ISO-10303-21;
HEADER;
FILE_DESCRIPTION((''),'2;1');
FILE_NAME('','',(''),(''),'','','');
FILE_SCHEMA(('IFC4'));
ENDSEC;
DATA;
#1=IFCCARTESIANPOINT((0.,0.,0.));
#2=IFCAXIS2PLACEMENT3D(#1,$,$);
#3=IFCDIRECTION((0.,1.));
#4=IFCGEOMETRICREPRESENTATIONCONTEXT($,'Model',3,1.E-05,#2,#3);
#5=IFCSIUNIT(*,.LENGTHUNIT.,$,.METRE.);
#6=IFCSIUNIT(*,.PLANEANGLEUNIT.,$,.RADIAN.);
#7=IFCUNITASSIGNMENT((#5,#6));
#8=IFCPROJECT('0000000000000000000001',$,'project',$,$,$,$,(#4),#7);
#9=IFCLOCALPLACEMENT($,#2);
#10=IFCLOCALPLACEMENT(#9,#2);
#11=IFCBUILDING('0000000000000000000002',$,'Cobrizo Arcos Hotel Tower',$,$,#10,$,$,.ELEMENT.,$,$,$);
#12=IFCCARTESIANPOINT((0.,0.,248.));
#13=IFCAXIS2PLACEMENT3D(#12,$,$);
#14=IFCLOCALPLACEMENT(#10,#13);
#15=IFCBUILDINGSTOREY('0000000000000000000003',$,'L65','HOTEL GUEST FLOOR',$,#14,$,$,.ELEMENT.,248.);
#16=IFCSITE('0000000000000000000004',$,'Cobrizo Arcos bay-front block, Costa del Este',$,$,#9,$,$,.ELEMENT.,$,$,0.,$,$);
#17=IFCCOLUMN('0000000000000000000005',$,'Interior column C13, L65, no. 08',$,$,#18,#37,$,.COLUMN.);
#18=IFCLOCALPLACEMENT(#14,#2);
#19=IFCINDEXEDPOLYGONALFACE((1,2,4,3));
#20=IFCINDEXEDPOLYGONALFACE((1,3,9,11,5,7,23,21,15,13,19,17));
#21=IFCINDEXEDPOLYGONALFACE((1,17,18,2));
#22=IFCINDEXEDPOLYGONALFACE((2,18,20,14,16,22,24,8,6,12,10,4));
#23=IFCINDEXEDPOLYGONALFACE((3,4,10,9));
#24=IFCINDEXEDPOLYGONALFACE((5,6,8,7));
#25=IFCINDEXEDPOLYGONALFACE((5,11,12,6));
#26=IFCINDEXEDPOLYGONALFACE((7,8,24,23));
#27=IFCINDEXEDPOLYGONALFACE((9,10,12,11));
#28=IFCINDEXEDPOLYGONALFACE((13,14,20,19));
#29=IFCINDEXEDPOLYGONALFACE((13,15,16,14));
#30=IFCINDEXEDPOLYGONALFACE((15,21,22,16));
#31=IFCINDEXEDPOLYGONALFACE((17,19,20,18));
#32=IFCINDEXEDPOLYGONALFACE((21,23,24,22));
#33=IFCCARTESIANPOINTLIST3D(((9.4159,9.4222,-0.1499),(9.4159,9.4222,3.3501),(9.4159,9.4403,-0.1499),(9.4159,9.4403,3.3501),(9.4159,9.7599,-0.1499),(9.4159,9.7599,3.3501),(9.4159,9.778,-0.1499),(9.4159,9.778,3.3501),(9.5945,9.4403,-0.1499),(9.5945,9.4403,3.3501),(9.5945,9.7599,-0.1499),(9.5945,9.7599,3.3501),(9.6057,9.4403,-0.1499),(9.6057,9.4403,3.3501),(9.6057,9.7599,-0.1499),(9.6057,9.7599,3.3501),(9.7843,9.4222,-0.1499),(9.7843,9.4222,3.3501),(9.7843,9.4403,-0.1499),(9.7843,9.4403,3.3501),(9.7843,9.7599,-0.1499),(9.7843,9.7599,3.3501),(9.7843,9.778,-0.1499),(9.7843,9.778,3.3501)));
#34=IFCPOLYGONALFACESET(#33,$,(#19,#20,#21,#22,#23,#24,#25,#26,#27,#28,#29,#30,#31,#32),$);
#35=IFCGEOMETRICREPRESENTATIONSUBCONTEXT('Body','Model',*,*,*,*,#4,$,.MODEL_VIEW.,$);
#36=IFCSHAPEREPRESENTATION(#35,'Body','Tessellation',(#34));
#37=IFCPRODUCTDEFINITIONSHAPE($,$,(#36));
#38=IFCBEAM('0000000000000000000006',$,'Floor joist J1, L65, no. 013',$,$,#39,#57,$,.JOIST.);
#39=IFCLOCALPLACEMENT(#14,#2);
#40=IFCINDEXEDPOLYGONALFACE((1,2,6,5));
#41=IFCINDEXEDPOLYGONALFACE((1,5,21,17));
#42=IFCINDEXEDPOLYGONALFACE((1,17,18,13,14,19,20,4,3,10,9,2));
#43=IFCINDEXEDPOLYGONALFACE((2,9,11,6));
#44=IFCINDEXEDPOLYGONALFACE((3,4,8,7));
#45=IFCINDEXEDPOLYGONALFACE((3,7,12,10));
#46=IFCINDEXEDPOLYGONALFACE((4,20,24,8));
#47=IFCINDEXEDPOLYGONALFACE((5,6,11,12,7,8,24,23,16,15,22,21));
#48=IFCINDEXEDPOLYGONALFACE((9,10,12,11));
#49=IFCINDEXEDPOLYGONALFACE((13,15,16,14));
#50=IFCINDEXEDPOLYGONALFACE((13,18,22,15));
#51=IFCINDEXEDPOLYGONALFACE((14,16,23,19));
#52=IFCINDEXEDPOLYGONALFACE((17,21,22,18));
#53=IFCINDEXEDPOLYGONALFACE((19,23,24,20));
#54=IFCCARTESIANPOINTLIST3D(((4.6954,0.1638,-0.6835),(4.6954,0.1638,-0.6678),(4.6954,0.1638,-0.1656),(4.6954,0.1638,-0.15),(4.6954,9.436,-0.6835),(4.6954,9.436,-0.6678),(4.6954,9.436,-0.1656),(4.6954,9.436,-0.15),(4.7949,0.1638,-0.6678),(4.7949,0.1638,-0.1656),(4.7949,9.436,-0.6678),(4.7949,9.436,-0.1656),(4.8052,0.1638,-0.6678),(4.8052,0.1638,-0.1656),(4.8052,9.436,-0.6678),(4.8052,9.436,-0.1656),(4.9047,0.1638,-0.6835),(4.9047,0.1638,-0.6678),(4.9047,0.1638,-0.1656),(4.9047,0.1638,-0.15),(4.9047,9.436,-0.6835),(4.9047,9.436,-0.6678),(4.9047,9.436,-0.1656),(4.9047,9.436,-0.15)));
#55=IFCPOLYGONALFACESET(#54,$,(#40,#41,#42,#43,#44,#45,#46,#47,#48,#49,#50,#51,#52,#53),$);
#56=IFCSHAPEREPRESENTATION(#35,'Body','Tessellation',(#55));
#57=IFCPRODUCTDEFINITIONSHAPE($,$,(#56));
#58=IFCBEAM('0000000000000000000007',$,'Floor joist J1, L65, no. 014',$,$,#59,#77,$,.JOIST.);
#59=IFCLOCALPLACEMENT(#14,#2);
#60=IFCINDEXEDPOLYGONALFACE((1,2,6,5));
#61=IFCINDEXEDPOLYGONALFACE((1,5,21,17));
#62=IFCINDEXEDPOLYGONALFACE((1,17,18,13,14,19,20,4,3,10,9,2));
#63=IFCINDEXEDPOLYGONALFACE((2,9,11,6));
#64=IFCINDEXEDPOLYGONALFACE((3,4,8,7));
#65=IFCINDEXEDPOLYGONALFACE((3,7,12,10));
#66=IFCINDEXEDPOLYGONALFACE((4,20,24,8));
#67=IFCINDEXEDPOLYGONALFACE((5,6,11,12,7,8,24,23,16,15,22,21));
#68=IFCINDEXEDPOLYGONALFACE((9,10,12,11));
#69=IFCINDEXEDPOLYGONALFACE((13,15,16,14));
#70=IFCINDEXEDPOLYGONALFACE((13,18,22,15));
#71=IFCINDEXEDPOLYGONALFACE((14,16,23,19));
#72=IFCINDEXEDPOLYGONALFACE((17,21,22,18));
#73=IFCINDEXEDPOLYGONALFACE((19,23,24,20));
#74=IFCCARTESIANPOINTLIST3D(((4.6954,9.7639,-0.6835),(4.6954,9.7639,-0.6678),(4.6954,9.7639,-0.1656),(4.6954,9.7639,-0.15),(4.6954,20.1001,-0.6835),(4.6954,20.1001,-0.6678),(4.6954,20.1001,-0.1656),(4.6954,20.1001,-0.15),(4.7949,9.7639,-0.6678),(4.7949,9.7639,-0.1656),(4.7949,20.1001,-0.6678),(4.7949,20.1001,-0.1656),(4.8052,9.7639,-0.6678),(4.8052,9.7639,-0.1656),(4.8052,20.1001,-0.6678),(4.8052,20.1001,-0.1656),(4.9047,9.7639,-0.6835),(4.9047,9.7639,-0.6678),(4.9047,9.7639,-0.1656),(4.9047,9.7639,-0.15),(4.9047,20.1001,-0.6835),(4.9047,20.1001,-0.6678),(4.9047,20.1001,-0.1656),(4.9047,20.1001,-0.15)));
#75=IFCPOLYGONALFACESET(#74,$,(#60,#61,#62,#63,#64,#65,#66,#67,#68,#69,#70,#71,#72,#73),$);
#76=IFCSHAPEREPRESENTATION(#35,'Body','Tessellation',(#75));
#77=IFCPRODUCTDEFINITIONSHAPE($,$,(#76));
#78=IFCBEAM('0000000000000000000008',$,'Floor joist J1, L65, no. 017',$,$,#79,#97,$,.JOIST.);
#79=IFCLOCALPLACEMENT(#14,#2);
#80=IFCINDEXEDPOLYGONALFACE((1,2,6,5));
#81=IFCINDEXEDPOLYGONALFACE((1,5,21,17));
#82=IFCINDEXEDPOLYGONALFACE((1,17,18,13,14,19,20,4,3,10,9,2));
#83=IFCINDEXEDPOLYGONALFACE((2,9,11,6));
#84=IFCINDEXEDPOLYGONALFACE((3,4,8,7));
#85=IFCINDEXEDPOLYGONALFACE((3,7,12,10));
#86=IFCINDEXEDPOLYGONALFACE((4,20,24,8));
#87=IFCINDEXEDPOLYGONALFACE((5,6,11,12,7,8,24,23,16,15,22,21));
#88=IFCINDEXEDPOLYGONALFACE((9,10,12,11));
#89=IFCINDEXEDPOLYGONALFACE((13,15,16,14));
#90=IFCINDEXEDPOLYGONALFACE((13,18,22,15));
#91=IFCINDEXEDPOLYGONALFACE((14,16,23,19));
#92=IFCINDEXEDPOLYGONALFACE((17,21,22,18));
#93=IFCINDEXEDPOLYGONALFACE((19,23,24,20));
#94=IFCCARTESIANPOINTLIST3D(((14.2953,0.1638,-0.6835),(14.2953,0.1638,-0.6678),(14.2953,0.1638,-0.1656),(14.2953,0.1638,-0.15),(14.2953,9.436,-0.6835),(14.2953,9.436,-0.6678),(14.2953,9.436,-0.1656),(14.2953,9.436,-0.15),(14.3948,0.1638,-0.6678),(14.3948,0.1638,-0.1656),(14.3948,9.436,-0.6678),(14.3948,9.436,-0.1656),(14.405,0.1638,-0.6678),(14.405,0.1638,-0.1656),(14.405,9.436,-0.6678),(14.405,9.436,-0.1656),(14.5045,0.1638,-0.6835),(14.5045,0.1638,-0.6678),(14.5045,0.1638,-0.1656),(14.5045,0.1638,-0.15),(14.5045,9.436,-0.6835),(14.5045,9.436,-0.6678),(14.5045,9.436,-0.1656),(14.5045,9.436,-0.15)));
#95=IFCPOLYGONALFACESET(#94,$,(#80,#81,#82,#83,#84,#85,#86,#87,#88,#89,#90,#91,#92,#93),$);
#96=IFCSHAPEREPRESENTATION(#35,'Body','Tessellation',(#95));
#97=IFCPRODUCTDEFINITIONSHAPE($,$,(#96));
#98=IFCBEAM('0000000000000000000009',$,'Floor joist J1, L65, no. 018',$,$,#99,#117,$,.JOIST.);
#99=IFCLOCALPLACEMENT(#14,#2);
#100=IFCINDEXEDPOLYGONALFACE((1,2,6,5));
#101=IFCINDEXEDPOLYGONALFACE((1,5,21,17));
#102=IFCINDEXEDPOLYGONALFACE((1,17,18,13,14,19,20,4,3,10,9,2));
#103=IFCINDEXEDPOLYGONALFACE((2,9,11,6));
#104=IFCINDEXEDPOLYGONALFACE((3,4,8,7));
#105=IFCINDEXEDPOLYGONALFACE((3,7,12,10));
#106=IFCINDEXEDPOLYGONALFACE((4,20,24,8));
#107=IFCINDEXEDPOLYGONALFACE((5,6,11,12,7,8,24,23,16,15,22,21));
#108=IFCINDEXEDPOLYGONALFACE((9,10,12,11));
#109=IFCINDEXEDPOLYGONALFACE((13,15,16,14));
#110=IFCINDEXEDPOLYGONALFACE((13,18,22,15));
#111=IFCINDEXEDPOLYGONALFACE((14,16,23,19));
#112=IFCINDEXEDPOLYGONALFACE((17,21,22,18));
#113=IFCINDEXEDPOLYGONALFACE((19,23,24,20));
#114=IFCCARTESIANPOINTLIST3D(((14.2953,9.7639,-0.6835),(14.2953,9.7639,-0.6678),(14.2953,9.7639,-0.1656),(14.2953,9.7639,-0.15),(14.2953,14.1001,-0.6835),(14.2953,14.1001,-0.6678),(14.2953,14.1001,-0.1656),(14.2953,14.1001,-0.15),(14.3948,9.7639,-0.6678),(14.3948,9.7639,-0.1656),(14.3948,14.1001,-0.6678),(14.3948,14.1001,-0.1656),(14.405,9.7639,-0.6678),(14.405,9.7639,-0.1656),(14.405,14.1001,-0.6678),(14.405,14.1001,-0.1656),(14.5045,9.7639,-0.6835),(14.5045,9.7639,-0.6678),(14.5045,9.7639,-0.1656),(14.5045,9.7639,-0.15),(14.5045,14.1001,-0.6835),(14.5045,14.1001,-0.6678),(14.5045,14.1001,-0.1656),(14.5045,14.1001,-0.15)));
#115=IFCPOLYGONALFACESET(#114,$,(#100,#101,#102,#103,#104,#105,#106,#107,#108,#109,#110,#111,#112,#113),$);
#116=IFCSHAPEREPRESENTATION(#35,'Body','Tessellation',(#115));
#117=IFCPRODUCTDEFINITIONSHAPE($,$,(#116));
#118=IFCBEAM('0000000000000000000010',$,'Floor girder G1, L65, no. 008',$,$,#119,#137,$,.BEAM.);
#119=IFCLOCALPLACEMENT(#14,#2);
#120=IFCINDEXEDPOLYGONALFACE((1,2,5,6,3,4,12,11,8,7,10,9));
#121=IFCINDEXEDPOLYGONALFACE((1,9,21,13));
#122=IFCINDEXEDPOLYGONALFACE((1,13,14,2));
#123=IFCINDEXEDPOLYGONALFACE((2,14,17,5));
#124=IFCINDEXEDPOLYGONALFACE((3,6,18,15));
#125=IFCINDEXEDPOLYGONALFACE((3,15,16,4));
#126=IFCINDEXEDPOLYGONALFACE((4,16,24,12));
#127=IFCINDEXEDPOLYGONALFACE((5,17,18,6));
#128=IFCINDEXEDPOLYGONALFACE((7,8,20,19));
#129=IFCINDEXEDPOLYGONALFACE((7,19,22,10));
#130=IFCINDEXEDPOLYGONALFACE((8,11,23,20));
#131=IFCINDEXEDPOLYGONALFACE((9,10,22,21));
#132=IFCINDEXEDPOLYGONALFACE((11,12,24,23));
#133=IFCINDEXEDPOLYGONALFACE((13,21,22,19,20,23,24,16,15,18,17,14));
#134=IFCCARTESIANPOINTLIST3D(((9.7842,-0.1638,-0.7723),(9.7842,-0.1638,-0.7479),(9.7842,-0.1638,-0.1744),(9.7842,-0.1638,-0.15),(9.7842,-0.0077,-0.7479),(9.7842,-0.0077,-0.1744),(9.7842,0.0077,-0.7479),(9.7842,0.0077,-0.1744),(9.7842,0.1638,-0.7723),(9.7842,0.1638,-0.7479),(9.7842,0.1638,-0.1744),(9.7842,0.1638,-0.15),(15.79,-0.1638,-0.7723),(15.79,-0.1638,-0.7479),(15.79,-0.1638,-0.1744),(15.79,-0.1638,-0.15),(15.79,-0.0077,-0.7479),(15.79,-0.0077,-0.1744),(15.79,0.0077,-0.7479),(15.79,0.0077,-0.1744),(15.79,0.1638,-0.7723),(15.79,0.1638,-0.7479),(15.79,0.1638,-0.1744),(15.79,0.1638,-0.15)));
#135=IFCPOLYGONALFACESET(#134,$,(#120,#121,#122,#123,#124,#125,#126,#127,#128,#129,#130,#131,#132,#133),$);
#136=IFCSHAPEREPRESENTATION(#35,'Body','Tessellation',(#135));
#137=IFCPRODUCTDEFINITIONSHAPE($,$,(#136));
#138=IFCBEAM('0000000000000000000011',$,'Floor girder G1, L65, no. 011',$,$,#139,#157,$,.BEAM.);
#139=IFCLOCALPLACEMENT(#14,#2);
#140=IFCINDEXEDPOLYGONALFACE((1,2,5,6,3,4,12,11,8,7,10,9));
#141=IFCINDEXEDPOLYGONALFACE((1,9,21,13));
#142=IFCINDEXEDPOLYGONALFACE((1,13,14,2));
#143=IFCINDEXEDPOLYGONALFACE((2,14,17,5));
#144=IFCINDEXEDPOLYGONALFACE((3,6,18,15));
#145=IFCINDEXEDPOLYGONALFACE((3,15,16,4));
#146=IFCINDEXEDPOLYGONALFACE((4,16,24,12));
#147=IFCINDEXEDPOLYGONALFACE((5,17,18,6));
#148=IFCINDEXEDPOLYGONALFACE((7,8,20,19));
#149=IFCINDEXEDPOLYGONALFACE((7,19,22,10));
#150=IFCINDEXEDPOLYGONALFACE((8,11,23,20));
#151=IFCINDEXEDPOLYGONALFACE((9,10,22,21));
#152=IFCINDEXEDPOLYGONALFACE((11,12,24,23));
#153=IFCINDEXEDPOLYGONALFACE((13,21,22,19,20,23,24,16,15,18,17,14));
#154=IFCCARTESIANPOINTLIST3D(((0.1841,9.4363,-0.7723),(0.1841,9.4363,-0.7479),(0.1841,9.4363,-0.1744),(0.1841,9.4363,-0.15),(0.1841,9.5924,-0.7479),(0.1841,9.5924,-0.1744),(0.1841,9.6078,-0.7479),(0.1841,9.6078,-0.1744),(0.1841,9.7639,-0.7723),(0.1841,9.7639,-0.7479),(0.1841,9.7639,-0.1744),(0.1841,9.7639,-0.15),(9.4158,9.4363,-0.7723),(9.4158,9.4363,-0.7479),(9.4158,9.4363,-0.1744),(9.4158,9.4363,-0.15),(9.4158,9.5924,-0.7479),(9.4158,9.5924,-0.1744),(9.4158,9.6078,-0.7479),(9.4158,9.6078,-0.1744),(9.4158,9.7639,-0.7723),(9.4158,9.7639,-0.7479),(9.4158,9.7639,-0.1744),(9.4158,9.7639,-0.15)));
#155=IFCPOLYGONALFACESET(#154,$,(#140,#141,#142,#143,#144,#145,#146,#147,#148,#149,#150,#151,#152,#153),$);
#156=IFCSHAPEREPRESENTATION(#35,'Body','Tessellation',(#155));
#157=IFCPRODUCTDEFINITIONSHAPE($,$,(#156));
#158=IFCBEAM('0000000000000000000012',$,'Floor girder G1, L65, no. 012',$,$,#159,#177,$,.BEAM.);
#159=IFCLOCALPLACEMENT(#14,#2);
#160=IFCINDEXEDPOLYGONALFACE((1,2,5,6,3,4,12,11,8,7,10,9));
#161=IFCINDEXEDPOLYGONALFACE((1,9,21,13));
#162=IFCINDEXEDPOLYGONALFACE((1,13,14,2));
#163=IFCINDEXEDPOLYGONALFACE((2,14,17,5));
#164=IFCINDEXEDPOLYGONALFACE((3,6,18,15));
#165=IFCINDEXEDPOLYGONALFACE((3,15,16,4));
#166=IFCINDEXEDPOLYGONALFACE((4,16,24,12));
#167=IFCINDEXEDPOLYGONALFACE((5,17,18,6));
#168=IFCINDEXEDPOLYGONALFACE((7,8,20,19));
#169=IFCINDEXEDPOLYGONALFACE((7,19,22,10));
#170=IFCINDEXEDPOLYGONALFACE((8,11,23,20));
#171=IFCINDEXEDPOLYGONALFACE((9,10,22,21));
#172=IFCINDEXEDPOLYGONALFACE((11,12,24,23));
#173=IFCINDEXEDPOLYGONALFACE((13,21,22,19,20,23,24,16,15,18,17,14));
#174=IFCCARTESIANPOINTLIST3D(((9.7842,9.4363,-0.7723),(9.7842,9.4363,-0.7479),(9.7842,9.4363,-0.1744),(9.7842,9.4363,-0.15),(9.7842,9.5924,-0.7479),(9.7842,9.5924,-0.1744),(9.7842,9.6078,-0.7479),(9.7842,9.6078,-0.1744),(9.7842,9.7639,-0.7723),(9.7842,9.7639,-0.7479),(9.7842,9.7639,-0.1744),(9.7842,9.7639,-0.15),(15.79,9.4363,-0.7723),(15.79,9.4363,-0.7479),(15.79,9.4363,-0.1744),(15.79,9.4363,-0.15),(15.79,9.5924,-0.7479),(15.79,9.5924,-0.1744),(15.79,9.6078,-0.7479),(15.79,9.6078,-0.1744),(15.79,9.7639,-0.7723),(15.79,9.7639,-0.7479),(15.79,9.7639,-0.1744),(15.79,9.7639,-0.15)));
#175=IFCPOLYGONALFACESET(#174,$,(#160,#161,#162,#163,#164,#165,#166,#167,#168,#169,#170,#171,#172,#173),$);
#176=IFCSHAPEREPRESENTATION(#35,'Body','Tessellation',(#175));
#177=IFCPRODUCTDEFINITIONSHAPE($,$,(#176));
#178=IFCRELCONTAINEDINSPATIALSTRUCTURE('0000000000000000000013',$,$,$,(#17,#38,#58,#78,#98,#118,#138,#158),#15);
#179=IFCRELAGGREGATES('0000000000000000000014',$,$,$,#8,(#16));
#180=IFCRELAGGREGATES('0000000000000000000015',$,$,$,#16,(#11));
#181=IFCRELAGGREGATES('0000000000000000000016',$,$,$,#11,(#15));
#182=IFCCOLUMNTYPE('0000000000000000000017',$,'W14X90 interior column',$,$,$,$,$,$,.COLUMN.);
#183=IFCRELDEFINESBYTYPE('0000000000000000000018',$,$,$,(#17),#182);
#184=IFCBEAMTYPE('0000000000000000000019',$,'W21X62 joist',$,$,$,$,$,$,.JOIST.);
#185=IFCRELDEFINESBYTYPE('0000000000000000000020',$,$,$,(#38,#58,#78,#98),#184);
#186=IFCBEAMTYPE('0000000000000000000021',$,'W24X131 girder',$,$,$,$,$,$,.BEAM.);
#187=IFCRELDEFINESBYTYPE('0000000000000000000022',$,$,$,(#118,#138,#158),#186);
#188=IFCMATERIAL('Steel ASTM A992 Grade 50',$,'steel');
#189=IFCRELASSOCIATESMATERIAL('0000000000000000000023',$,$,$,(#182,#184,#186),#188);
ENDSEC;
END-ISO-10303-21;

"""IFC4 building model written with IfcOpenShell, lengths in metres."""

from ifc_helpers import new_model, si_unit, direction, frame, origin, origin_2d, place, context, subcontext, project, spatial, i_section, extrude, material, material_profile, profile_set, type_object, element, save


model = new_model("IFC4")

# Units and contexts
model_context = context("Model", 3, precision=1e-05, world=origin(), true_north=direction((0.0, 1.0)))
body_context = subcontext(model_context, "Body", "Model", "MODEL_VIEW")
ifc_project = project(units=[si_unit("LENGTHUNIT", "METRE"), si_unit("PLANEANGLEUNIT", "RADIAN")], contexts=[model_context])

# Site, building, storey
site_placement = place(None, origin())
site = spatial("IfcSite", under=ifc_project, at=site_placement, Name="Cobrizo Arcos bay-front block, Costa del Este", CompositionType="ELEMENT", RefElevation=0.0)
building_placement = place(site_placement, origin())
building = spatial("IfcBuilding", under=site, at=building_placement, Name="Cobrizo Arcos Hotel Tower", CompositionType="ELEMENT")
storey_placement = place(building_placement, frame((0.0, 0.0, 248.0)))
storey = spatial("IfcBuildingStorey", under=building, at=storey_placement, Name="L65", Description="HOTEL GUEST FLOOR", CompositionType="ELEMENT", Elevation=248.0)

# Column
ifc_material_1 = material(Name="Steel ASTM A992 Grade 50", Category="steel")
ifc_material_profile_1 = material_profile(ifc_material_1, i_section(OverallWidth=0.3684, OverallDepth=0.3557, WebThickness=0.0112, FlangeThickness=0.0181, at=origin_2d()), Name="W14X90")
ifc_profile_set_1 = profile_set([ifc_material_profile_1], Name="Steel ASTM A992 Grade 50")
column_type = type_object("IfcColumnType", Name="W14X90 interior column", PredefinedType="COLUMN", material=ifc_profile_set_1)
column_placement = place(storey_placement, frame((9.6001, 9.6001, -0.1499), z_axis=(0.0, 0.0, 1.0), x_axis=(1.0, 0.0, 0.0)))
element("IfcColumn", 1, at=column_placement, inside=storey, type_object=column_type, Name="Interior column C13, L65, no. 08", PredefinedType="COLUMN", context=body_context, shape_type="SweptSolid", body=[
    extrude(i_section(OverallWidth=0.3684, OverallDepth=0.3557, WebThickness=0.0112, FlangeThickness=0.0181, at=origin_2d()), origin(), (0.0, 0.0, 1.0), 3.5),
])

# Beams
ifc_material_profile_2 = material_profile(ifc_material_1, i_section(OverallWidth=0.2092, OverallDepth=0.5334, WebThickness=0.0103, FlangeThickness=0.0156, at=origin_2d()), Name="W21X62")
ifc_profile_set_2 = profile_set([ifc_material_profile_2], Name="Steel ASTM A992 Grade 50")
beam_type_1 = type_object("IfcBeamType", Name="W21X62 joist", PredefinedType="JOIST", material=ifc_profile_set_2)
beam_1_placement = place(storey_placement, frame((4.8, 0.1638, -0.4167), z_axis=(0.0, 1.0, 0.0), x_axis=(-1.0, 0.0, 0.0)))
element("IfcBeam", 2, at=beam_1_placement, inside=storey, type_object=beam_type_1, Name="Floor joist J1, L65, no. 013", PredefinedType="JOIST", context=body_context, shape_type="SweptSolid", body=[
    extrude(i_section(OverallWidth=0.2092, OverallDepth=0.5334, WebThickness=0.0103, FlangeThickness=0.0156, at=origin_2d()), origin(), (0.0, 0.0, 1.0), 9.2722),
])
beam_2_placement = place(storey_placement, frame((4.8, 9.7639, -0.4167), z_axis=(0.0, 1.0, 0.0), x_axis=(-1.0, 0.0, 0.0)))
element("IfcBeam", 3, at=beam_2_placement, inside=storey, type_object=beam_type_1, Name="Floor joist J1, L65, no. 014", PredefinedType="JOIST", context=body_context, shape_type="SweptSolid", body=[
    extrude(i_section(OverallWidth=0.2092, OverallDepth=0.5334, WebThickness=0.0103, FlangeThickness=0.0156, at=origin_2d()), origin(), (0.0, 0.0, 1.0), 10.3362),
])
beam_3_placement = place(storey_placement, frame((14.3999, 0.1638, -0.4167), z_axis=(0.0, 1.0, 0.0), x_axis=(-1.0, 0.0, 0.0)))
element("IfcBeam", 4, at=beam_3_placement, inside=storey, type_object=beam_type_1, Name="Floor joist J1, L65, no. 017", PredefinedType="JOIST", context=body_context, shape_type="SweptSolid", body=[
    extrude(i_section(OverallWidth=0.2092, OverallDepth=0.5334, WebThickness=0.0103, FlangeThickness=0.0156, at=origin_2d()), origin(), (0.0, 0.0, 1.0), 9.2722),
])
beam_4_placement = place(storey_placement, frame((14.3999, 9.7639, -0.4167), z_axis=(0.0, 1.0, 0.0), x_axis=(-1.0, 0.0, 0.0)))
element("IfcBeam", 5, at=beam_4_placement, inside=storey, type_object=beam_type_1, Name="Floor joist J1, L65, no. 018", PredefinedType="JOIST", context=body_context, shape_type="SweptSolid", body=[
    extrude(i_section(OverallWidth=0.2092, OverallDepth=0.5334, WebThickness=0.0103, FlangeThickness=0.0156, at=origin_2d()), origin(), (0.0, 0.0, 1.0), 4.3362),
])
ifc_material_profile_3 = material_profile(ifc_material_1, i_section(OverallWidth=0.3276, OverallDepth=0.6223, WebThickness=0.0154, FlangeThickness=0.0244, at=origin_2d()), Name="W24X131")
ifc_profile_set_3 = profile_set([ifc_material_profile_3], Name="Steel ASTM A992 Grade 50")
beam_type_2 = type_object("IfcBeamType", Name="W24X131 girder", PredefinedType="BEAM", material=ifc_profile_set_3)
beam_5_placement = place(storey_placement, frame((9.7842, 0.0, -0.4612), z_axis=(1.0, 0.0, 0.0), x_axis=(0.0, 1.0, 0.0)))
element("IfcBeam", 6, at=beam_5_placement, inside=storey, type_object=beam_type_2, Name="Floor girder G1, L65, no. 008", PredefinedType="BEAM", context=body_context, shape_type="SweptSolid", body=[
    extrude(i_section(OverallWidth=0.3276, OverallDepth=0.6223, WebThickness=0.0154, FlangeThickness=0.0244, at=origin_2d()), origin(), (0.0, 0.0, 1.0), 6.0059),
])
beam_6_placement = place(storey_placement, frame((0.1841, 9.6001, -0.4612), z_axis=(1.0, 0.0, 0.0), x_axis=(0.0, 1.0, 0.0)))
element("IfcBeam", 7, at=beam_6_placement, inside=storey, type_object=beam_type_2, Name="Floor girder G1, L65, no. 011", PredefinedType="BEAM", context=body_context, shape_type="SweptSolid", body=[
    extrude(i_section(OverallWidth=0.3276, OverallDepth=0.6223, WebThickness=0.0154, FlangeThickness=0.0244, at=origin_2d()), origin(), (0.0, 0.0, 1.0), 9.2317),
])
beam_7_placement = place(storey_placement, frame((9.7842, 9.6001, -0.4612), z_axis=(1.0, 0.0, 0.0), x_axis=(0.0, 1.0, 0.0)))
element("IfcBeam", 8, at=beam_7_placement, inside=storey, type_object=beam_type_2, Name="Floor girder G1, L65, no. 012", PredefinedType="BEAM", context=body_context, shape_type="SweptSolid", body=[
    extrude(i_section(OverallWidth=0.3276, OverallDepth=0.6223, WebThickness=0.0154, FlangeThickness=0.0244, at=origin_2d()), origin(), (0.0, 0.0, 1.0), 6.0059),
])

save(model, "model.ifc")
